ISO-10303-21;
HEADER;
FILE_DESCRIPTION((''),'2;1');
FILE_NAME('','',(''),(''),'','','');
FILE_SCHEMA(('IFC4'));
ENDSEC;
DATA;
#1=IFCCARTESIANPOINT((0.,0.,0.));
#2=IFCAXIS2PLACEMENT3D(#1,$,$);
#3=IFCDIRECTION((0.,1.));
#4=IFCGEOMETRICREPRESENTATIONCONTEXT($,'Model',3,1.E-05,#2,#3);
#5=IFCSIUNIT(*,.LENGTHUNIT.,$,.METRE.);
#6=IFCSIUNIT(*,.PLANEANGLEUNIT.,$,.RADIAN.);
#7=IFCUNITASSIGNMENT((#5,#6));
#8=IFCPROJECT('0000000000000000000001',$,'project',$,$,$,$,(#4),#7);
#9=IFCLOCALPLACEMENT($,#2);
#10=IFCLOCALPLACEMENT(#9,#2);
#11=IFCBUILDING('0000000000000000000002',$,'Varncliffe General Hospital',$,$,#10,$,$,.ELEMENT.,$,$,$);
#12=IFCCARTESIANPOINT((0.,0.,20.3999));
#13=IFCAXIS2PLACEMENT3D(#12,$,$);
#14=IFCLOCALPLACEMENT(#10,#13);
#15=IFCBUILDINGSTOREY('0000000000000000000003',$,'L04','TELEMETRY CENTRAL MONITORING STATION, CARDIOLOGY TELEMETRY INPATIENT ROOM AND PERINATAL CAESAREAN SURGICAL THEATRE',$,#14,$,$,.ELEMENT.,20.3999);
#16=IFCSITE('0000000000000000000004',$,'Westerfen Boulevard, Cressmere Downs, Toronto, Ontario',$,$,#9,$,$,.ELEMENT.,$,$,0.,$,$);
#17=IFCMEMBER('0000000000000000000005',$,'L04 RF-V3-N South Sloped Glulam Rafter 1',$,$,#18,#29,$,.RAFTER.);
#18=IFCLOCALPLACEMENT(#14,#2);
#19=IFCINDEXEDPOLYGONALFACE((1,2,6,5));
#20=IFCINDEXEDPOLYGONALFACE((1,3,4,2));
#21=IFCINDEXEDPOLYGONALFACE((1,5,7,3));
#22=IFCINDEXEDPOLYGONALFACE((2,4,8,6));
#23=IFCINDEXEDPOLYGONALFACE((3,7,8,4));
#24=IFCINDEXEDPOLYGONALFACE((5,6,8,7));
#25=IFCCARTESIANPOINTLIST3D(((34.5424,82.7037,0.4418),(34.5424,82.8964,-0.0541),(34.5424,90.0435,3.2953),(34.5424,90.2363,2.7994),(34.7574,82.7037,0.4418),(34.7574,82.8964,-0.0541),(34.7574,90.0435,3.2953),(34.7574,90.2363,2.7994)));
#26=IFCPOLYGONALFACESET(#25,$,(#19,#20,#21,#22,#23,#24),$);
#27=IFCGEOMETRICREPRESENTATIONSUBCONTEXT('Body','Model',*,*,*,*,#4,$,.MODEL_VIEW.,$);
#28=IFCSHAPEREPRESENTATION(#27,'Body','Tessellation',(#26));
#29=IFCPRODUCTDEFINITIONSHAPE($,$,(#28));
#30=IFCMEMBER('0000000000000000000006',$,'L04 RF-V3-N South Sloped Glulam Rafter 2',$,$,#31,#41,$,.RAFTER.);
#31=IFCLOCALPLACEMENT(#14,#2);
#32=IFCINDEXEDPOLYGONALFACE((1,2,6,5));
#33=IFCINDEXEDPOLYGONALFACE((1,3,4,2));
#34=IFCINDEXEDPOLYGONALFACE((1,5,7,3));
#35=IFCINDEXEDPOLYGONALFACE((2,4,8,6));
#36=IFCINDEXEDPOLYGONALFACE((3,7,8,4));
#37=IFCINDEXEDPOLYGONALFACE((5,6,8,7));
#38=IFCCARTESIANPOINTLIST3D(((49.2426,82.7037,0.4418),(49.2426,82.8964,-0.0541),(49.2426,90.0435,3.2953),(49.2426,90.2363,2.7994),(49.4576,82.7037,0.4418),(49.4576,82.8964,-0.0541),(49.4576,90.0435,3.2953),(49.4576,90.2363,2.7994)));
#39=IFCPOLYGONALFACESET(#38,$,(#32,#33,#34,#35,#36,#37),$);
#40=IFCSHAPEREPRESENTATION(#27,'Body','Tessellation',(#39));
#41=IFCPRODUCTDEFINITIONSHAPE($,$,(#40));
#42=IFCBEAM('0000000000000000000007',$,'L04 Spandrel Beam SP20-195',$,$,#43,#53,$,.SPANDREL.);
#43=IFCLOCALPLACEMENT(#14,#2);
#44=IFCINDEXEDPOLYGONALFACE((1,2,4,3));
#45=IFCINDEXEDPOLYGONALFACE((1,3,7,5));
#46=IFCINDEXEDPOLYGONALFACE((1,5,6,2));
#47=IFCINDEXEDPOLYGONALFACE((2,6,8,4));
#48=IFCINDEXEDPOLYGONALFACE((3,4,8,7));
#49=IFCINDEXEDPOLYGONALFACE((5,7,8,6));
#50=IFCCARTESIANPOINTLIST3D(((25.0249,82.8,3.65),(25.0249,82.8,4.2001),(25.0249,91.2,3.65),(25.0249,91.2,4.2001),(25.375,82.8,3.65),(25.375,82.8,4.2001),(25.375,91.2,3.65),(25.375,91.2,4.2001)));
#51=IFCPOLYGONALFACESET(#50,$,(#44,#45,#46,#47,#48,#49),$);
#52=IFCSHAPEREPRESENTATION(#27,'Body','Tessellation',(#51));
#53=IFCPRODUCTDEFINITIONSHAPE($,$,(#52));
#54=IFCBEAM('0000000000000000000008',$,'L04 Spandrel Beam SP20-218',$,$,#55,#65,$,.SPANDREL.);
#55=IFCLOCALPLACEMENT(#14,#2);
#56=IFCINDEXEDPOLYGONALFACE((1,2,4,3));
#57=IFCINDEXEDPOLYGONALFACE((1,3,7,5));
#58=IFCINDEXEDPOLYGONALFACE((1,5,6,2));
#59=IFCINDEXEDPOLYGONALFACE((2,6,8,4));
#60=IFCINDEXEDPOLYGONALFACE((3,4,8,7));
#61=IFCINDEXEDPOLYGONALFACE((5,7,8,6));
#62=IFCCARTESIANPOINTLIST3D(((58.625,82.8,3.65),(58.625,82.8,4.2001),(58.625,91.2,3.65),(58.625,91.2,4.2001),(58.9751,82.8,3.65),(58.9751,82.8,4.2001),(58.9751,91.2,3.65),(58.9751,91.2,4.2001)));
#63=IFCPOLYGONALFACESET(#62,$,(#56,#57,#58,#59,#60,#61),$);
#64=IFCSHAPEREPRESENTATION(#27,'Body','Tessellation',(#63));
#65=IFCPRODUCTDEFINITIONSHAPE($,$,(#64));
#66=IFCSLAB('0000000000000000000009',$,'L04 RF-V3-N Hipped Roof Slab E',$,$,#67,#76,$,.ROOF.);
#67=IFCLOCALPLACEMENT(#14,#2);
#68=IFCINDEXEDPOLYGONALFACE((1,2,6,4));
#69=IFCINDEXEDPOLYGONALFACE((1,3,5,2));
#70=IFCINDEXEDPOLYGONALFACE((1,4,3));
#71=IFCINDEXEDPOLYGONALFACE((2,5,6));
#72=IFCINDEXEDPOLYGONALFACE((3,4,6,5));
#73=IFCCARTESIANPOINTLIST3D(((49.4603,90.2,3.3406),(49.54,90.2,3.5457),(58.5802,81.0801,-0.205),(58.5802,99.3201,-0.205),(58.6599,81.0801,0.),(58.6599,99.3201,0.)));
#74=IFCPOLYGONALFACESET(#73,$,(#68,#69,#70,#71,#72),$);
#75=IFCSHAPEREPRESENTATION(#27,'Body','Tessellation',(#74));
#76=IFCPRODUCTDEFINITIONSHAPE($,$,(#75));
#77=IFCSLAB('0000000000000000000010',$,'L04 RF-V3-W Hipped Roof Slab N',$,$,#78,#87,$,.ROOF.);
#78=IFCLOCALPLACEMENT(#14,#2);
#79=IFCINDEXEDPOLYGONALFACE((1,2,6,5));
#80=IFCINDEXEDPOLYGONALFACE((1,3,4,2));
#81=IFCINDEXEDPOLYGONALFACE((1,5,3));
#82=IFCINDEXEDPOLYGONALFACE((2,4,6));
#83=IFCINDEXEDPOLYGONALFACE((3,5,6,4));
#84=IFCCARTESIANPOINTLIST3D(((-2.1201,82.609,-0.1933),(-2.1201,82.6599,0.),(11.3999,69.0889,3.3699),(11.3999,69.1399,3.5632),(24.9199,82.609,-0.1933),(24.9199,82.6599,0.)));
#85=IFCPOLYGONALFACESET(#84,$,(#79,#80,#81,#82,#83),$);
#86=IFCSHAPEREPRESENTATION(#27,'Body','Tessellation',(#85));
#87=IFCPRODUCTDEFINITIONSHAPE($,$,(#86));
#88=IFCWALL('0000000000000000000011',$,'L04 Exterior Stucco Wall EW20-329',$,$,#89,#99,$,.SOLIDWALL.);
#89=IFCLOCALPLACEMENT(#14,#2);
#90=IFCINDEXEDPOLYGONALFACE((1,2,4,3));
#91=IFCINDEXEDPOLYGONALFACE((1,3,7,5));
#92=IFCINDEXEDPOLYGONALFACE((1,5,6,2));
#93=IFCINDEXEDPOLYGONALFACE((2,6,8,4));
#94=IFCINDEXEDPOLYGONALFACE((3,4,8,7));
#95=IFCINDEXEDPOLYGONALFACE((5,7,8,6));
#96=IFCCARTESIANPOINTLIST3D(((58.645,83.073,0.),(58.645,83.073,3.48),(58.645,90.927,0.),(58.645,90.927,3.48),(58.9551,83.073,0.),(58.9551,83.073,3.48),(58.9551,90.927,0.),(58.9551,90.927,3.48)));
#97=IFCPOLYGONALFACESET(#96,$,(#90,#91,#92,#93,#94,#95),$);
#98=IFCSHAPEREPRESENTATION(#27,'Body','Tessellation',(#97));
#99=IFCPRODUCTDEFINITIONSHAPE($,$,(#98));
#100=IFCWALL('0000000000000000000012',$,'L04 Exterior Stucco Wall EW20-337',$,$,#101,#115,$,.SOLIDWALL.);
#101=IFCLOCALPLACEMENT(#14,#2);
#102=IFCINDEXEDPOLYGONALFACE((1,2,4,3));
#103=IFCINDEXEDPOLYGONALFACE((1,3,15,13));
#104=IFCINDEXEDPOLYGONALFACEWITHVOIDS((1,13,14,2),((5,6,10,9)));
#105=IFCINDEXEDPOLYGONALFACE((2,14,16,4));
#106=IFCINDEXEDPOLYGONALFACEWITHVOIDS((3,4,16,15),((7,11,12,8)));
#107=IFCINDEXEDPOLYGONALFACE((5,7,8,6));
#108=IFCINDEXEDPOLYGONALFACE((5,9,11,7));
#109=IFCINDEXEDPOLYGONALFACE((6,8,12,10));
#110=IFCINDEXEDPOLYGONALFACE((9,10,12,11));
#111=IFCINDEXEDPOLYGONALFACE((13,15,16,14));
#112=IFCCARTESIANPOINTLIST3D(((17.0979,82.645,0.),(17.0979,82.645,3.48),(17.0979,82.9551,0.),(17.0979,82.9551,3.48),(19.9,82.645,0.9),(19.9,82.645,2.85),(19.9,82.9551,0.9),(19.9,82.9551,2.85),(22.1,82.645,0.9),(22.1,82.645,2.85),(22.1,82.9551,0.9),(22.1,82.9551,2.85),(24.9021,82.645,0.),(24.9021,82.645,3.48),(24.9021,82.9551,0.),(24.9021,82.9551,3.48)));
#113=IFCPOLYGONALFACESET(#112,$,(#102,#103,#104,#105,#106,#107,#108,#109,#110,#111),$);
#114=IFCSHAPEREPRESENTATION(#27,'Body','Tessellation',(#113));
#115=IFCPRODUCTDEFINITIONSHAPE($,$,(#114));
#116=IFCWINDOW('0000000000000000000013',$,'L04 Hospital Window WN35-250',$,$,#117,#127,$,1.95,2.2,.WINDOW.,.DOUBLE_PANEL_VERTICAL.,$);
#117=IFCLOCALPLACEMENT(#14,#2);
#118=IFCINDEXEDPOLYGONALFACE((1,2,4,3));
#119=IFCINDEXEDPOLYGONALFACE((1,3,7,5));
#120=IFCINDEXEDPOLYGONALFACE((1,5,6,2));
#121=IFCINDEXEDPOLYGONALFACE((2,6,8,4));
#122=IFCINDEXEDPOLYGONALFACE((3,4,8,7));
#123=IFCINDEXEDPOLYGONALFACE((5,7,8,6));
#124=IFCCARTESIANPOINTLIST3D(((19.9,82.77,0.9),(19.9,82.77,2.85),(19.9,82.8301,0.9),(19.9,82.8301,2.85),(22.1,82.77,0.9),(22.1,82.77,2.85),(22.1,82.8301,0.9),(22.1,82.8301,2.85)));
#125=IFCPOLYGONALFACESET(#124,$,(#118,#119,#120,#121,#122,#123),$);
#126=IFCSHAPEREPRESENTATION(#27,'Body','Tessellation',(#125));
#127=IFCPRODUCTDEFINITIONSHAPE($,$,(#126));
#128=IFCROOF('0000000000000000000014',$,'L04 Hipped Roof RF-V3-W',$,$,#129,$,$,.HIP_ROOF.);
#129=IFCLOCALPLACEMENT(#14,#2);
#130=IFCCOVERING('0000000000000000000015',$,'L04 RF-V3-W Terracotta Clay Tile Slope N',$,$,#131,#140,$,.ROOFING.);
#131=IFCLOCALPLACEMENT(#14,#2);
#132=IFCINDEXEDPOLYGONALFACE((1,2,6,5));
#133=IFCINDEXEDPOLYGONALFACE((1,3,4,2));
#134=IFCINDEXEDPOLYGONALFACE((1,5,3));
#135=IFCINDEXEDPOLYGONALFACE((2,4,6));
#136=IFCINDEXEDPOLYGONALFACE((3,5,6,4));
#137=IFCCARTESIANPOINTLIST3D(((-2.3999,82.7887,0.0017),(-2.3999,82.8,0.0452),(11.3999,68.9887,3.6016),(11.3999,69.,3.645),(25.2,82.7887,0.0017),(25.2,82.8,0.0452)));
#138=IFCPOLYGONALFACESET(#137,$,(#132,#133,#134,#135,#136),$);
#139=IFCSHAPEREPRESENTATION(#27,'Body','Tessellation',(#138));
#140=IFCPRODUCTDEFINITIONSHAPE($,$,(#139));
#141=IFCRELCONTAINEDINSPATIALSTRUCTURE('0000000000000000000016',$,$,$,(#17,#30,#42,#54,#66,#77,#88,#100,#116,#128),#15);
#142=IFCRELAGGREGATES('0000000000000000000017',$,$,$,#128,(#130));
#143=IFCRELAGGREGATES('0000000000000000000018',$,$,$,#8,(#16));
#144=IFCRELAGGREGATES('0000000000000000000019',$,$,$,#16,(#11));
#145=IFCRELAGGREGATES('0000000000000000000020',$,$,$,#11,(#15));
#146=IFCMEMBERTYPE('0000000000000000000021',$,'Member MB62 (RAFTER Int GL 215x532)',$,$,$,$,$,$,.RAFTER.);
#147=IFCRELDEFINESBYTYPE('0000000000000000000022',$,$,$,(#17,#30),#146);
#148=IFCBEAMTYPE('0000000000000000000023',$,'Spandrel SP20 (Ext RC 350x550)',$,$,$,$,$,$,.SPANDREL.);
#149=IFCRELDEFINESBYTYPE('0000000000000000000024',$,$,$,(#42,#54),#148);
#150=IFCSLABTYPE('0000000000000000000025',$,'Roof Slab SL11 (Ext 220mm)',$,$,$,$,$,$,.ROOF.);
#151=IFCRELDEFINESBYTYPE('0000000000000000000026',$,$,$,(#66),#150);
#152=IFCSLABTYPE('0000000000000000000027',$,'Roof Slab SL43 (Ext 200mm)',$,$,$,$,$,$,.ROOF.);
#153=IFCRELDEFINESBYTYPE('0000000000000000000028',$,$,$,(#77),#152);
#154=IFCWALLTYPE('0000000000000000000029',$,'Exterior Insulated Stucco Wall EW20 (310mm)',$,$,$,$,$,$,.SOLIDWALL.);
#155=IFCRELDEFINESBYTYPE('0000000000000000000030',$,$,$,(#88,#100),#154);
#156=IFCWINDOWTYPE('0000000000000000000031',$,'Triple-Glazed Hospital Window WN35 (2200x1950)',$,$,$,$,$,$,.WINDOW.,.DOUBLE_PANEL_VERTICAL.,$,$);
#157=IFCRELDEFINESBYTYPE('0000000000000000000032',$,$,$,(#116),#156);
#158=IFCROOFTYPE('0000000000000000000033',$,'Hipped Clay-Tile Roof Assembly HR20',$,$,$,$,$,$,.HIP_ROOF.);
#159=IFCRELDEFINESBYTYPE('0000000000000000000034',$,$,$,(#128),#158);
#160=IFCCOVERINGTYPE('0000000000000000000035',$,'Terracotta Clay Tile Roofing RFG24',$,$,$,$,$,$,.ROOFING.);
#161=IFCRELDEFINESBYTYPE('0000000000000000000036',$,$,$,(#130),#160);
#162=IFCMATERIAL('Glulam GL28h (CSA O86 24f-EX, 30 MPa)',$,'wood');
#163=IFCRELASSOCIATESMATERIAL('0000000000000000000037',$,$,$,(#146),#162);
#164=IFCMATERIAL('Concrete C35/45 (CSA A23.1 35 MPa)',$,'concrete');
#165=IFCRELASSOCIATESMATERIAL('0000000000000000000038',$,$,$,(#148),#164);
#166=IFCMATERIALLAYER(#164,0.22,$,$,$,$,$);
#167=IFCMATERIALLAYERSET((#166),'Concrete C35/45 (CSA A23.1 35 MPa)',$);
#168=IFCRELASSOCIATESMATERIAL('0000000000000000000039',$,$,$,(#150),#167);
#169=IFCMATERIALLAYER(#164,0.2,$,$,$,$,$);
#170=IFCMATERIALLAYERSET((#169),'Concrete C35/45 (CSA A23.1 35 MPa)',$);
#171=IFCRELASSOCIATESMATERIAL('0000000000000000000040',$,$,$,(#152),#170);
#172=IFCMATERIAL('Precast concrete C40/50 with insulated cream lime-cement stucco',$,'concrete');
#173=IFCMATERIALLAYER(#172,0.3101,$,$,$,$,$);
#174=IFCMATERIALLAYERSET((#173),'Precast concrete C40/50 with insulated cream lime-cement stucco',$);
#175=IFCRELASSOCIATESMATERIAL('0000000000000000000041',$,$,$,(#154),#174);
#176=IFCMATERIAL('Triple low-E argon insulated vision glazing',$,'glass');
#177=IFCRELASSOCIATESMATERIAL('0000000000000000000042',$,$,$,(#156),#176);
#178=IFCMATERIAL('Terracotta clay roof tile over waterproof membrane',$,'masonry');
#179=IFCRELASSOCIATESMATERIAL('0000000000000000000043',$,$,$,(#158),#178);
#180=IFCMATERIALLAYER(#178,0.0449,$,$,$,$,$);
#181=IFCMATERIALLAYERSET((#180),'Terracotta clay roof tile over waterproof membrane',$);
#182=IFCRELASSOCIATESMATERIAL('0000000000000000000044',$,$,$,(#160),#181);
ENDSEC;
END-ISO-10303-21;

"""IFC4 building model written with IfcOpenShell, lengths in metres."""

from ifc_helpers import new_model, si_unit, direction, frame, frame_2d, origin, origin_2d, place, context, subcontext, project, spatial, polyline, rectangle, outline, extrude, material, layer, layer_set, material_profile, profile_set, type_object, element, fill, aggregate, save


model = new_model("IFC4")

# Units and contexts
model_context = context("Model", 3, precision=1e-05, world=origin(), true_north=direction((0.0, 1.0)))
body_context = subcontext(model_context, "Body", "Model", "MODEL_VIEW")
ifc_project = project(units=[si_unit("LENGTHUNIT", "METRE"), si_unit("PLANEANGLEUNIT", "RADIAN")], contexts=[model_context])

# Site, building, storey
site_placement = place(None, origin())
site = spatial("IfcSite", under=ifc_project, at=site_placement, Name="Westerfen Boulevard, Cressmere Downs, Toronto, Ontario", CompositionType="ELEMENT", RefElevation=0.0)
building_placement = place(site_placement, origin())
building = spatial("IfcBuilding", under=site, at=building_placement, Name="Varncliffe General Hospital", CompositionType="ELEMENT")
storey_placement = place(building_placement, frame((0.0, 0.0, 20.3999)))
storey = spatial("IfcBuildingStorey", under=building, at=storey_placement, Name="L04", Description="TELEMETRY CENTRAL MONITORING STATION, CARDIOLOGY TELEMETRY INPATIENT ROOM AND PERINATAL CAESAREAN SURGICAL THEATRE", CompositionType="ELEMENT", Elevation=20.3999)

# Shared definitions
ifc_material_1 = material(Name="Concrete C35/45 (CSA A23.1 35 MPa)", Category="concrete")
ifc_material_2 = material(Name="Glulam GL28h (CSA O86 24f-EX, 30 MPa)", Category="wood")

# Members
ifc_material_profile_1 = material_profile(ifc_material_2, rectangle(XDim=0.2151, YDim=0.532, at=origin_2d()), Name="GL 215x532")
ifc_profile_set_1 = profile_set([ifc_material_profile_1], Name="Glulam GL28h (CSA O86 24f-EX, 30 MPa)")
member_type_1 = type_object("IfcMemberType", Name="Member MB62 (RAFTER Int GL 215x532)", PredefinedType="RAFTER", material=ifc_profile_set_1)
for number, where, z_axis, x_axis, name in (
    (1, (34.6499, 82.8, 0.1938), (0.0, 0.932042, 0.362351), (-1.0, 0.0, 0.0), "L04 RF-V3-N South Sloped Glulam Rafter 1"),
    (2, (49.3501, 82.8, 0.1938), (0.0, 0.932042, 0.362351), (-1.0, 0.0, 0.0), "L04 RF-V3-N South Sloped Glulam Rafter 2"),
):
    element("IfcMember", number, at=place(storey_placement, frame(where, z_axis=z_axis, x_axis=x_axis)), inside=storey, type_object=member_type_1, Name=name, PredefinedType="RAFTER", context=body_context, shape_type="SweptSolid", body=[
        extrude(rectangle(XDim=0.2151, YDim=0.532, at=origin_2d()), origin(), (0.0, 0.0, 1.0), 7.875),
    ])

# Beams
ifc_material_profile_2 = material_profile(ifc_material_1, rectangle(XDim=0.3501, YDim=0.55, at=origin_2d()), Name="RC 350x550")
ifc_profile_set_2 = profile_set([ifc_material_profile_2], Name="Concrete C35/45 (CSA A23.1 35 MPa)")
beam_type_1 = type_object("IfcBeamType", Name="Spandrel SP20 (Ext RC 350x550)", PredefinedType="SPANDREL", material=ifc_profile_set_2)
for number, where, z_axis, x_axis, name in (
    (3, (25.2, 82.8, 3.925), (0.0, 1.0, 0.0), (-1.0, 0.0, 0.0), "L04 Spandrel Beam SP20-195"),
    (4, (58.8, 82.8, 3.925), (0.0, 1.0, 0.0), (-1.0, 0.0, 0.0), "L04 Spandrel Beam SP20-218"),
):
    element("IfcBeam", number, at=place(storey_placement, frame(where, z_axis=z_axis, x_axis=x_axis)), inside=storey, type_object=beam_type_1, Name=name, PredefinedType="SPANDREL", context=body_context, shape_type="SweptSolid", body=[
        extrude(rectangle(XDim=0.3501, YDim=0.55, at=origin_2d()), origin(), (0.0, 0.0, 1.0), 8.3999),
    ])

# Slabs
ifc_layer_1 = layer(ifc_material_1, 0.22)
ifc_layer_set_1 = layer_set([ifc_layer_1], Name="Concrete C35/45 (CSA A23.1 35 MPa)")
slab_type_1 = type_object("IfcSlabType", Name="Roof Slab SL11 (Ext 220mm)", PredefinedType="ROOF", material=ifc_layer_set_1)
slab_1_placement = place(storey_placement, frame((58.6599, 81.0801, 0.0), z_axis=(0.362361, 0.0, 0.932038), x_axis=(0.0, 1.0, 0.0)))
element("IfcSlab", 5, at=slab_1_placement, inside=storey, type_object=slab_type_1, Name="L04 RF-V3-N Hipped Roof Slab E", PredefinedType="ROOF", context=body_context, shape_type="SweptSolid", body=[
    extrude(outline(polyline([(0.0, 0.0), (18.24, 0.0), (9.1199, 9.7849), (0.0, 0.0)])), origin(), (0.0, 0.0, -1.0), 0.22),
])
ifc_layer_2 = layer(ifc_material_1, 0.2)
ifc_layer_set_2 = layer_set([ifc_layer_2], Name="Concrete C35/45 (CSA A23.1 35 MPa)")
slab_type_2 = type_object("IfcSlabType", Name="Roof Slab SL43 (Ext 200mm)", PredefinedType="ROOF", material=ifc_layer_set_2)
slab_2_placement = place(storey_placement, frame((24.9199, 82.6599, 0.0), z_axis=(0.0, 0.25485, 0.966981), x_axis=(-1.0, 0.0, 0.0)))
element("IfcSlab", 6, at=slab_2_placement, inside=storey, type_object=slab_type_2, Name="L04 RF-V3-W Hipped Roof Slab N", PredefinedType="ROOF", context=body_context, shape_type="SweptSolid", body=[
    extrude(outline(polyline([(0.0, 0.0), (27.04, 0.0), (13.52, 13.9817), (0.0, 0.0)])), origin(), (0.0, 0.0, -1.0), 0.2),
])

# Wall
ifc_material_3 = material(Name="Precast concrete C40/50 with insulated cream lime-cement stucco", Category="concrete")
ifc_layer_3 = layer(ifc_material_3, 0.3101)
ifc_layer_set_3 = layer_set([ifc_layer_3], Name="Precast concrete C40/50 with insulated cream lime-cement stucco")
wall_type = type_object("IfcWallType", Name="Exterior Insulated Stucco Wall EW20 (310mm)", PredefinedType="SOLIDWALL", material=ifc_layer_set_3)
wall_1_placement = place(storey_placement, frame((58.8, 83.073, 0.0), z_axis=(0.0, 0.0, 1.0), x_axis=(0.0, 1.0, 0.0)))
element("IfcWall", 7, at=wall_1_placement, inside=storey, type_object=wall_type, Name="L04 Exterior Stucco Wall EW20-329", PredefinedType="SOLIDWALL", context=body_context, shape_type="SweptSolid", body=[
    extrude(rectangle(XDim=7.854, YDim=0.3101, at=frame_2d((3.927, 0.0))), origin(), (0.0, 0.0, 1.0), 3.48),
])

# Wall, opening, window
wall_2_placement = place(storey_placement, frame((24.9021, 82.8, 0.0), z_axis=(0.0, 0.0, 1.0), x_axis=(-1.0, 0.0, 0.0)))
wall_2 = element("IfcWall", 8, at=wall_2_placement, inside=storey, type_object=wall_type, Name="L04 Exterior Stucco Wall EW20-337", PredefinedType="SOLIDWALL", context=body_context, shape_type="SweptSolid", body=[
    extrude(rectangle(XDim=7.8042, YDim=0.3101, at=frame_2d((3.9021, 0.0))), origin(), (0.0, 0.0, 1.0), 3.48),
])
opening_placement = place(wall_2_placement, frame((2.802, 0.0, 0.8999)))
opening = element("IfcOpeningElement", 9, at=opening_placement, cuts=wall_2, PredefinedType="OPENING", context=body_context, shape_type="SweptSolid", body=[
    extrude(rectangle(XDim=2.2, YDim=1.95, at=frame_2d((1.1001, 0.9751))), frame((0.0, 0.165, 0.0), z_axis=(0.0, -1.0, 0.0), x_axis=(1.0, 0.0, 0.0)), (0.0, 0.0, 1.0), 0.3301),
])
ifc_material_4 = material(Name="Triple low-E argon insulated vision glazing", Category="glass")
window_type = type_object("IfcWindowType", Name="Triple-Glazed Hospital Window WN35 (2200x1950)", PartitioningType="DOUBLE_PANEL_VERTICAL", PredefinedType="WINDOW", material=ifc_material_4)
window_placement = place(opening_placement, origin())
window = element("IfcWindow", 10, at=window_placement, inside=storey, type_object=window_type, Name="L04 Hospital Window WN35-250", OverallHeight=1.95, OverallWidth=2.2, PartitioningType="DOUBLE_PANEL_VERTICAL", PredefinedType="WINDOW", context=body_context, shape_type="SweptSolid", body=[
    extrude(rectangle(XDim=2.2, YDim=1.95, at=frame_2d((1.1001, 0.9751))), frame((0.0, 0.03, 0.0), z_axis=(0.0, -1.0, 0.0), x_axis=(1.0, 0.0, 0.0)), (0.0, 0.0, 1.0), 0.0601),
])
fill(opening, window)

# Roof, covering
ifc_material_5 = material(Name="Terracotta clay roof tile over waterproof membrane", Category="masonry")
roof_type = type_object("IfcRoofType", Name="Hipped Clay-Tile Roof Assembly HR20", PredefinedType="HIP_ROOF", material=ifc_material_5)
roof_placement = place(storey_placement, origin())
roof = element("IfcRoof", 11, at=roof_placement, inside=storey, type_object=roof_type, Name="L04 Hipped Roof RF-V3-W", PredefinedType="HIP_ROOF")
ifc_layer_4 = layer(ifc_material_5, 0.0449)
ifc_layer_set_4 = layer_set([ifc_layer_4], Name="Terracotta clay roof tile over waterproof membrane")
covering_type = type_object("IfcCoveringType", Name="Terracotta Clay Tile Roofing RFG24", PredefinedType="ROOFING", material=ifc_layer_set_4)
covering_placement = place(storey_placement, frame((25.2, 82.8, 0.0452), z_axis=(0.0, 0.252411, 0.96762), x_axis=(-1.0, 0.0, 0.0)))
covering = element("IfcCovering", 12, at=covering_placement, type_object=covering_type, Name="L04 RF-V3-W Terracotta Clay Tile Slope N", PredefinedType="ROOFING", context=body_context, shape_type="SweptSolid", body=[
    extrude(outline(polyline([(0.0, 0.0), (27.5999, 0.0), (13.8, 14.2618), (0.0, 0.0)])), origin(), (0.0, 0.0, -1.0), 0.0449),
])
aggregate(roof, [covering])

save(model, "model.ifc")
